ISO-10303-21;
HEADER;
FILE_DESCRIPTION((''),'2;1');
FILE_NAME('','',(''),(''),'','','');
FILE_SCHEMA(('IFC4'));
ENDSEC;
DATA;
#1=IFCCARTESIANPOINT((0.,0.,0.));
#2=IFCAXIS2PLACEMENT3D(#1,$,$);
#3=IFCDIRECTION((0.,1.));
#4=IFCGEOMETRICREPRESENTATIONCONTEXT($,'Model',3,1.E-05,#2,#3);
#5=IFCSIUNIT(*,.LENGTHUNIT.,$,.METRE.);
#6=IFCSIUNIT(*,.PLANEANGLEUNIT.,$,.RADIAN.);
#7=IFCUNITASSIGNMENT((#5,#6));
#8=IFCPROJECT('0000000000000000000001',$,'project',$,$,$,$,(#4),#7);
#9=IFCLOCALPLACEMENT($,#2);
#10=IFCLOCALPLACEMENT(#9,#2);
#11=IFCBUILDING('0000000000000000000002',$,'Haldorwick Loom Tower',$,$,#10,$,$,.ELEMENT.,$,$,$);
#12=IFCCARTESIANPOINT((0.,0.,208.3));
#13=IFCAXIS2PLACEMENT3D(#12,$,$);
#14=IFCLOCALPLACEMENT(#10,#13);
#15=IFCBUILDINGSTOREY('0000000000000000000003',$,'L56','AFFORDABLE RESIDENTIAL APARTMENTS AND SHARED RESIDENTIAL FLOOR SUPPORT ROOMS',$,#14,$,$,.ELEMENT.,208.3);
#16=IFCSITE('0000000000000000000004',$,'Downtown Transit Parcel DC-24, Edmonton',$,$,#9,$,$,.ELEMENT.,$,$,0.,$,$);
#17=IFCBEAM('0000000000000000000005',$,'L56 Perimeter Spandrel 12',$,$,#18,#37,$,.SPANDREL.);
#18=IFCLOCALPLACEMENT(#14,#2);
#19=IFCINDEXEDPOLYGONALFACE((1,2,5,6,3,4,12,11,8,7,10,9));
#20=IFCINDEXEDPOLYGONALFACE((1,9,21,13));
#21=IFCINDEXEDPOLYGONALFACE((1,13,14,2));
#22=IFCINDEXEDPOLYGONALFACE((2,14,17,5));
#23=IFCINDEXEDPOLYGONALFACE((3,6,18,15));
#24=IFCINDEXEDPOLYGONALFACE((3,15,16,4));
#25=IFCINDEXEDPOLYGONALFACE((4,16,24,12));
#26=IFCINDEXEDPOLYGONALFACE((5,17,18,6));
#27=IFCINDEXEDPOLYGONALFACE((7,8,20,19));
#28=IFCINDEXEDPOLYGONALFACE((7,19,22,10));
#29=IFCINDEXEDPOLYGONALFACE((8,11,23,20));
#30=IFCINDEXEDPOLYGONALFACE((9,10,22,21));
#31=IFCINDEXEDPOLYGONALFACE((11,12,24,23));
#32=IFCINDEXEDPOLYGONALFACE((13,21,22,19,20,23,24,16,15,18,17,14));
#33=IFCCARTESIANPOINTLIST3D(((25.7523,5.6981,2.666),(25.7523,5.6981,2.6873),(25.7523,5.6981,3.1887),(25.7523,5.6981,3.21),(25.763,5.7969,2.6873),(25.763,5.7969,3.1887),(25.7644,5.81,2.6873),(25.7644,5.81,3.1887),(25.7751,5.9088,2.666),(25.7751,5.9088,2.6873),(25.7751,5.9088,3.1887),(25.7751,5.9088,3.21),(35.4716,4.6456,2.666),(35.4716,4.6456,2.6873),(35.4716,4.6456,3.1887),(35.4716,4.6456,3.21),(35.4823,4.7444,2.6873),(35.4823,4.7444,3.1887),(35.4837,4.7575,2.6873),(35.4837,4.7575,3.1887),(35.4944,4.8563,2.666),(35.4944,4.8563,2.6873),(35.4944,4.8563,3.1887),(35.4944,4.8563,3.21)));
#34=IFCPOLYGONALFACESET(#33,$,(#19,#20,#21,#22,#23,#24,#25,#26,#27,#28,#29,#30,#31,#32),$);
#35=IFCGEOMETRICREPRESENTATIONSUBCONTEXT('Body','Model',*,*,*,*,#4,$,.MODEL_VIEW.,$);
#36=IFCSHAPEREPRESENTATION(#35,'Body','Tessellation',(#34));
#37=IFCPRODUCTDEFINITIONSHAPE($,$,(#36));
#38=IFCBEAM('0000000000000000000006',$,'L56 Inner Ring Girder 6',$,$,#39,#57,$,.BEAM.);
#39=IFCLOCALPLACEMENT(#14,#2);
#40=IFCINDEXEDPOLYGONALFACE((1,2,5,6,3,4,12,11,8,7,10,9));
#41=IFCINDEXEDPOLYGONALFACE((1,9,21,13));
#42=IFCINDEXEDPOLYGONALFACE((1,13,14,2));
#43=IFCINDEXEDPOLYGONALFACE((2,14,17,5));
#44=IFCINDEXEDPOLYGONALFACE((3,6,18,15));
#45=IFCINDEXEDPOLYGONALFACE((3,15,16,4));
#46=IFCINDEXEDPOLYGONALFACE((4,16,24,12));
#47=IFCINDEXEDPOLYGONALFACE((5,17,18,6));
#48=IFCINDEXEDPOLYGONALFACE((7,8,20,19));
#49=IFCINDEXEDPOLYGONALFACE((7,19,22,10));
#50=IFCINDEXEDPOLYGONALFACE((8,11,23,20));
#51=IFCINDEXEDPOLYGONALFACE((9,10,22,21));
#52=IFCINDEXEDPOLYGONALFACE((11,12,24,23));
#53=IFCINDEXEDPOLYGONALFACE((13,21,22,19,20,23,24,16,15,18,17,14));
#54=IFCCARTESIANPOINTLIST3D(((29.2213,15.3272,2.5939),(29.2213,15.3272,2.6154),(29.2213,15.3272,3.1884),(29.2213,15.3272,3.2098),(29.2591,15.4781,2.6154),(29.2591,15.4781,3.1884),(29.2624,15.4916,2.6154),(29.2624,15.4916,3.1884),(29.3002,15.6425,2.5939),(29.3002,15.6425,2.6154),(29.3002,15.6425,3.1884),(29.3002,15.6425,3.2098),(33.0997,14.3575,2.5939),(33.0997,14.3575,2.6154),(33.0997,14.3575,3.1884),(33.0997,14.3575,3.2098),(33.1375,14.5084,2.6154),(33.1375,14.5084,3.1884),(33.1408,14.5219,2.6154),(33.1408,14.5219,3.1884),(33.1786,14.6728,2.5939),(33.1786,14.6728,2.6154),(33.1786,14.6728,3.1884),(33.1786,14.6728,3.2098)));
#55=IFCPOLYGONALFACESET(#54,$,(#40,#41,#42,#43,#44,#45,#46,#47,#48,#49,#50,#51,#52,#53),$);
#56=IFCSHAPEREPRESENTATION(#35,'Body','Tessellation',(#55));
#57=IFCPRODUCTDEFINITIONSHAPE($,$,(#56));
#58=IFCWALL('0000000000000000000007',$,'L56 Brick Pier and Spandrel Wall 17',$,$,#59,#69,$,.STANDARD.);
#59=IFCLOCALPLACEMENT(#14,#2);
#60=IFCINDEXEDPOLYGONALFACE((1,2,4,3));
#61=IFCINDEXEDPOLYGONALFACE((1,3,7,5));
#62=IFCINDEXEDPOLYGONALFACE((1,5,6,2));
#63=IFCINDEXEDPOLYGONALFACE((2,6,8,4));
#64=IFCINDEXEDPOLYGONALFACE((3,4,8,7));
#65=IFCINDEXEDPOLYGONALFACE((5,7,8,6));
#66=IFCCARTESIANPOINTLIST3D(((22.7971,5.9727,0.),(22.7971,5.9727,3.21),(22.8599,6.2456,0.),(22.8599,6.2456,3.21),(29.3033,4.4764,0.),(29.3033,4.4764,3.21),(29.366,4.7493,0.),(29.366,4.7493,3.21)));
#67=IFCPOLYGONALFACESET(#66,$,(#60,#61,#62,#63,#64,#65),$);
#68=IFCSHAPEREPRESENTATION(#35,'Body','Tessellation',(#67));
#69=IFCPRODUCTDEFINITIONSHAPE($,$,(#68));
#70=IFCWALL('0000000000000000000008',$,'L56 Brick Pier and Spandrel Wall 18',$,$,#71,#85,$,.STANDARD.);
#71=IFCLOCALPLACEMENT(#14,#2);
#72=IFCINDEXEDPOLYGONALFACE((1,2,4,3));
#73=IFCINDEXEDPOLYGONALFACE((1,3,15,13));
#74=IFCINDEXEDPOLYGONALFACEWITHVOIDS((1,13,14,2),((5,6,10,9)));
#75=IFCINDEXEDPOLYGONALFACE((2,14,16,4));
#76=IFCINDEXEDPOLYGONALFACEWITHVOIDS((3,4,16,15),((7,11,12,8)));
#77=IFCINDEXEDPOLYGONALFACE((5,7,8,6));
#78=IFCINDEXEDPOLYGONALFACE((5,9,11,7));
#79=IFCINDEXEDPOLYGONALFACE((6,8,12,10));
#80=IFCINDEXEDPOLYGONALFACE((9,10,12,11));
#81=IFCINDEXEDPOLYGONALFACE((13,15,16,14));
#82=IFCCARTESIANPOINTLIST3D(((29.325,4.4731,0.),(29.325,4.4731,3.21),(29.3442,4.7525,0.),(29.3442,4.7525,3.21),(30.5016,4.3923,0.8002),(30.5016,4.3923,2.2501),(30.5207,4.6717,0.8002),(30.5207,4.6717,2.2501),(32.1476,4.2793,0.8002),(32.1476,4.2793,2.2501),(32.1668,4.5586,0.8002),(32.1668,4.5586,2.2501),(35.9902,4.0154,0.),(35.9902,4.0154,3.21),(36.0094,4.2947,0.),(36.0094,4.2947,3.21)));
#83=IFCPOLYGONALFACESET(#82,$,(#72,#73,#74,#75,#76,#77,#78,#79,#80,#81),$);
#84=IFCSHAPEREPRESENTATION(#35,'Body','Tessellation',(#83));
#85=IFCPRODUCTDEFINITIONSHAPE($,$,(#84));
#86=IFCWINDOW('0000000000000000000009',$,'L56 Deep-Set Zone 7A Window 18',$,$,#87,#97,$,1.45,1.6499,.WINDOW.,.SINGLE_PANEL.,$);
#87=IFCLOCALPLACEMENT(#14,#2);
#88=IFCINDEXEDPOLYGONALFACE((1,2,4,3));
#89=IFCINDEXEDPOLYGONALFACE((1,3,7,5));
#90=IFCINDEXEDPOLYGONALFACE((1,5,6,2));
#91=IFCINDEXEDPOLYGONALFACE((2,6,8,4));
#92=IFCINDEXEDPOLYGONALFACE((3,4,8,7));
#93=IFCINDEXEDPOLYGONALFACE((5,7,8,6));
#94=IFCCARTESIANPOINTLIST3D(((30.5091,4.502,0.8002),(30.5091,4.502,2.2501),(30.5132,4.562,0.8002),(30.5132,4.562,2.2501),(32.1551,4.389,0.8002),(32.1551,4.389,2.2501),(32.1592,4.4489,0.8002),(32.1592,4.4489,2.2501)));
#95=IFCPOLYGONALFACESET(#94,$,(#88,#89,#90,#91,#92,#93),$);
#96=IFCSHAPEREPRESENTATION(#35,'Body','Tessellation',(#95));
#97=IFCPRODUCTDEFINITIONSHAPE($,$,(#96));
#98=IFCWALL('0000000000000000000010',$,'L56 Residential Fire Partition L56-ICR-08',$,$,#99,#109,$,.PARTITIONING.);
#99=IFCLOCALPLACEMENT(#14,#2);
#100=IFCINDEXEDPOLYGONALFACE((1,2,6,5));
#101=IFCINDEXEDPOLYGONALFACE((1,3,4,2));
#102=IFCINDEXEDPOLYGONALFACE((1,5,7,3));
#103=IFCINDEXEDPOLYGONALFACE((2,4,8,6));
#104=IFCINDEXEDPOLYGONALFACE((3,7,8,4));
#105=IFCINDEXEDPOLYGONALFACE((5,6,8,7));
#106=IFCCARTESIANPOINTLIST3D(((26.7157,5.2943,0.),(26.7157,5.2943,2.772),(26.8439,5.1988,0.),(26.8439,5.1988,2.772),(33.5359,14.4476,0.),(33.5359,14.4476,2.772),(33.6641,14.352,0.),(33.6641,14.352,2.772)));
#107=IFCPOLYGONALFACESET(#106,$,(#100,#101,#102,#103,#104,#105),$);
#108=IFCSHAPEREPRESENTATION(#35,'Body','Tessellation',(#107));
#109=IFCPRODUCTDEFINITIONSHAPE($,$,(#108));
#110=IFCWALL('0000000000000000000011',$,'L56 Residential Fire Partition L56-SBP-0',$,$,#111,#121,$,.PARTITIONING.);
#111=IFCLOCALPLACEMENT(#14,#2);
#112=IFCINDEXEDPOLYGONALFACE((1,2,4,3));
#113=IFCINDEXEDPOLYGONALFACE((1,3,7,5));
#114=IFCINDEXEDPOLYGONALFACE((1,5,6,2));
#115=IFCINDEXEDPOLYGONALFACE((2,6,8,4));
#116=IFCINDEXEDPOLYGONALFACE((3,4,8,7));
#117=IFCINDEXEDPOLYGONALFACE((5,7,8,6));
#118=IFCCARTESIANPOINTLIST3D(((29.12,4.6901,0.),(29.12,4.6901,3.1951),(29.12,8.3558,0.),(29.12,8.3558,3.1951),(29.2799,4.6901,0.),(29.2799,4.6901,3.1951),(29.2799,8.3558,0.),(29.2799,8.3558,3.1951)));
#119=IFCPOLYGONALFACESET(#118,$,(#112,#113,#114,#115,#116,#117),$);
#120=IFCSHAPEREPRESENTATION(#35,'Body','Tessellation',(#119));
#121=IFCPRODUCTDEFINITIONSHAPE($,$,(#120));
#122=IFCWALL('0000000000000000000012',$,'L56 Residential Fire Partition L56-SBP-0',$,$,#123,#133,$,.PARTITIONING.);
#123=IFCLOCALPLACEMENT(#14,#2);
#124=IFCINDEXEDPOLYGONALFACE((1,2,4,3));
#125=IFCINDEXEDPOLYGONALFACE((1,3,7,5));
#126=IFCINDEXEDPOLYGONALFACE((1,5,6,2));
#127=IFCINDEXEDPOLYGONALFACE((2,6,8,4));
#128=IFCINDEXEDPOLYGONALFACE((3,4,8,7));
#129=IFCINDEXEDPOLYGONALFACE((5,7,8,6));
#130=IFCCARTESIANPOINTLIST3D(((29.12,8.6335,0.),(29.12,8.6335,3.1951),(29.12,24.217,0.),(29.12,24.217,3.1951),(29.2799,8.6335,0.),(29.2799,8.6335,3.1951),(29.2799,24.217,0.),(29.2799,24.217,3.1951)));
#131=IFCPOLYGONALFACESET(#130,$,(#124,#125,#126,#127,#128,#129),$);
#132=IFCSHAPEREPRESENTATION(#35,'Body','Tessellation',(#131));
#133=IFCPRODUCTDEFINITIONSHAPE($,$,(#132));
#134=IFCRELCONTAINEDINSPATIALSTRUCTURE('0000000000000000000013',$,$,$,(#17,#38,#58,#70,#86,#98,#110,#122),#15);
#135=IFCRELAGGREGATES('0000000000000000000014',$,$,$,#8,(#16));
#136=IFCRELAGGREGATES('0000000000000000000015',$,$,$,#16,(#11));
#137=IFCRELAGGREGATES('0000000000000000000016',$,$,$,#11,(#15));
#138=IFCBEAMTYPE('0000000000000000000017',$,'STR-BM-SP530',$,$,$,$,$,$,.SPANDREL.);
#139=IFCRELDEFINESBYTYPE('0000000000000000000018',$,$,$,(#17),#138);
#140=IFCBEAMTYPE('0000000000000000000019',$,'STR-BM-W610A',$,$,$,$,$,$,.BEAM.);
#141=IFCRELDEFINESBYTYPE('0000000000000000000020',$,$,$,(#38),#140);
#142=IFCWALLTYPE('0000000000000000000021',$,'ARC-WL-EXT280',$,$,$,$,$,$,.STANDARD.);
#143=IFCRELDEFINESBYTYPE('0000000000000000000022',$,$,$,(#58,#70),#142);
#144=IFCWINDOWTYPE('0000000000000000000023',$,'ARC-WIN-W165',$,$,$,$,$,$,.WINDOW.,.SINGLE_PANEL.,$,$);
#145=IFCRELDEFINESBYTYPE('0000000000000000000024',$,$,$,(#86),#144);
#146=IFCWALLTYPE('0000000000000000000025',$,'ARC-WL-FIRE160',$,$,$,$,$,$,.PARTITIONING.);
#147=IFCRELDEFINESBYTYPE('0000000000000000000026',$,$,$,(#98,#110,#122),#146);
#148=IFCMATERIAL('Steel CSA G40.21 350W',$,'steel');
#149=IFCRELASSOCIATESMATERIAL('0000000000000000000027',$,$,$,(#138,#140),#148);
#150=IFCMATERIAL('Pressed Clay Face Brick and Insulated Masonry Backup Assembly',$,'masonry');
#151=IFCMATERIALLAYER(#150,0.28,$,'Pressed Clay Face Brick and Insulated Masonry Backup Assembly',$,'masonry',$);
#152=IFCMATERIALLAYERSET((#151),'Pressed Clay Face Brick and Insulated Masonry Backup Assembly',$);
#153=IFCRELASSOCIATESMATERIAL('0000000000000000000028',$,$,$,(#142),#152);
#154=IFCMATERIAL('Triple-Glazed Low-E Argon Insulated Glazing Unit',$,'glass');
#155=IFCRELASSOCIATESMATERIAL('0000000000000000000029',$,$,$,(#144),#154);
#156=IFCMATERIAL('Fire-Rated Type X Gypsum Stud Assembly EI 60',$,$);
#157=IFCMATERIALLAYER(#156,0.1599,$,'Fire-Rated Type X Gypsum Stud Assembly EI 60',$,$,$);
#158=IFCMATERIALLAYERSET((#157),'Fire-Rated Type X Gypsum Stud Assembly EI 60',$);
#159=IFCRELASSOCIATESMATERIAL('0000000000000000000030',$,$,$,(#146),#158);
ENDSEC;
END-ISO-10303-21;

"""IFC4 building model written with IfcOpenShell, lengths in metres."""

from ifc_helpers import new_model, si_unit, direction, frame, frame_2d, origin, origin_2d, place, context, subcontext, project, spatial, rectangle, i_section, extrude, material, layer, layer_set, material_profile, profile_set, type_object, element, fill, save


model = new_model("IFC4")

# Units and contexts
model_context = context("Model", 3, precision=1e-05, world=origin(), true_north=direction((0.0, 1.0)))
body_context = subcontext(model_context, "Body", "Model", "MODEL_VIEW")
ifc_project = project(units=[si_unit("LENGTHUNIT", "METRE"), si_unit("PLANEANGLEUNIT", "RADIAN")], contexts=[model_context])

# Site, building, storey
site_placement = place(None, origin())
site = spatial("IfcSite", under=ifc_project, at=site_placement, Name="Downtown Transit Parcel DC-24, Edmonton", CompositionType="ELEMENT", RefElevation=0.0)
building_placement = place(site_placement, origin())
building = spatial("IfcBuilding", under=site, at=building_placement, Name="Haldorwick Loom Tower", CompositionType="ELEMENT")
storey_placement = place(building_placement, frame((0.0, 0.0, 208.3)))
storey = spatial("IfcBuildingStorey", under=building, at=storey_placement, Name="L56", Description="AFFORDABLE RESIDENTIAL APARTMENTS AND SHARED RESIDENTIAL FLOOR SUPPORT ROOMS", CompositionType="ELEMENT", Elevation=208.3)

# Beams
ifc_material_1 = material(Name="Steel CSA G40.21 350W", Category="steel")
ifc_material_profile_1 = material_profile(ifc_material_1, i_section(OverallWidth=0.2119, OverallDepth=0.5439, WebThickness=0.0132, FlangeThickness=0.0212, at=origin_2d()), Name="W530X123", Category="steel")
ifc_profile_set_1 = profile_set([ifc_material_profile_1], Name="Steel CSA G40.21 350W")
beam_type_1 = type_object("IfcBeamType", Name="STR-BM-SP530", PredefinedType="SPANDREL", material=ifc_profile_set_1)
beam_1_placement = place(storey_placement, frame((25.7637, 5.8035, 2.938), z_axis=(0.994188, -0.10766, 0.0), x_axis=(0.10766, 0.994188, 0.0)))
element("IfcBeam", 1, at=beam_1_placement, inside=storey, type_object=beam_type_1, Name="L56 Perimeter Spandrel 12", PredefinedType="SPANDREL", context=body_context, shape_type="SweptSolid", body=[
    extrude(i_section(OverallWidth=0.2119, OverallDepth=0.5439, WebThickness=0.0132, FlangeThickness=0.0212, at=origin_2d()), origin(), (0.0, 0.0, 1.0), 9.7761),
])
ifc_material_profile_2 = material_profile(ifc_material_1, i_section(OverallWidth=0.325, OverallDepth=0.616, WebThickness=0.0139, FlangeThickness=0.0215, at=origin_2d()), Name="W610X174", Category="steel")
ifc_profile_set_2 = profile_set([ifc_material_profile_2], Name="Steel CSA G40.21 350W")
beam_type_2 = type_object("IfcBeamType", Name="STR-BM-W610A", PredefinedType="BEAM", material=ifc_profile_set_2)
beam_2_placement = place(storey_placement, frame((33.1392, 14.5151, 2.9019), z_axis=(-0.970135, 0.242564, 0.0), x_axis=(-0.242564, -0.970135, 0.0)))
element("IfcBeam", 2, at=beam_2_placement, inside=storey, type_object=beam_type_2, Name="L56 Inner Ring Girder 6", PredefinedType="BEAM", context=body_context, shape_type="SweptSolid", body=[
    extrude(i_section(OverallWidth=0.325, OverallDepth=0.616, WebThickness=0.0139, FlangeThickness=0.0215, at=origin_2d()), origin(), (0.0, 0.0, 1.0), 3.9978),
])

# Wall
ifc_material_2 = material(Name="Pressed Clay Face Brick and Insulated Masonry Backup Assembly", Category="masonry")
ifc_layer_1 = layer(ifc_material_2, 0.28, Name="Pressed Clay Face Brick and Insulated Masonry Backup Assembly", Category="masonry")
ifc_layer_set_1 = layer_set([ifc_layer_1], Name="Pressed Clay Face Brick and Insulated Masonry Backup Assembly")
wall_type_1 = type_object("IfcWallType", Name="ARC-WL-EXT280", PredefinedType="STANDARD", material=ifc_layer_set_1)
wall_1_placement = place(storey_placement, frame((22.8286, 6.1091, 0.0), z_axis=(0.0, 0.0, 1.0), x_axis=(0.974557, -0.224138, 0.0)))
element("IfcWall", 3, at=wall_1_placement, inside=storey, type_object=wall_type_1, Name="L56 Brick Pier and Spandrel Wall 17", PredefinedType="STANDARD", context=body_context, shape_type="SweptSolid", body=[
    extrude(rectangle(XDim=6.676, YDim=0.28, at=frame_2d((3.3379, 0.0))), origin(), (0.0, 0.0, 1.0), 3.21),
])

# Wall, opening, window
wall_2_placement = place(storey_placement, frame((29.3347, 4.6128, 0.0), z_axis=(0.0, 0.0, 1.0), x_axis=(0.99765, -0.068517, 0.0)))
wall_2 = element("IfcWall", 4, at=wall_2_placement, inside=storey, type_object=wall_type_1, Name="L56 Brick Pier and Spandrel Wall 18", PredefinedType="STANDARD", context=body_context, shape_type="SweptSolid", body=[
    extrude(rectangle(XDim=6.6809, YDim=0.28, at=frame_2d((3.3403, 0.0))), origin(), (0.0, 0.0, 1.0), 3.21),
])
opening_placement = place(wall_2_placement, frame((1.1792, 0.0, 0.8)))
opening = element("IfcOpeningElement", 5, at=opening_placement, cuts=wall_2, PredefinedType="OPENING", context=body_context, shape_type="SweptSolid", body=[
    extrude(rectangle(XDim=1.6499, YDim=1.45, at=frame_2d((0.825, 0.7251))), frame((0.0, 0.1499, 0.0), z_axis=(0.0, -1.0, 0.0), x_axis=(1.0, 0.0, 0.0)), (0.0, 0.0, 1.0), 0.3),
])
ifc_material_3 = material(Name="Triple-Glazed Low-E Argon Insulated Glazing Unit", Category="glass")
window_type = type_object("IfcWindowType", Name="ARC-WIN-W165", PartitioningType="SINGLE_PANEL", PredefinedType="WINDOW", material=ifc_material_3)
window_placement = place(opening_placement, origin())
window = element("IfcWindow", 6, at=window_placement, inside=storey, type_object=window_type, Name="L56 Deep-Set Zone 7A Window 18", OverallHeight=1.45, OverallWidth=1.6499, PartitioningType="SINGLE_PANEL", PredefinedType="WINDOW", context=body_context, shape_type="SweptSolid", body=[
    extrude(rectangle(XDim=1.6499, YDim=1.45, at=frame_2d((0.825, 0.7251))), frame((0.0, 0.03, 0.0), z_axis=(0.0, -1.0, 0.0), x_axis=(1.0, 0.0, 0.0)), (0.0, 0.0, 1.0), 0.0601),
])
fill(opening, window)

# Walls
ifc_material_4 = material(Name="Fire-Rated Type X Gypsum Stud Assembly EI 60")
ifc_layer_2 = layer(ifc_material_4, 0.1599, Name="Fire-Rated Type X Gypsum Stud Assembly EI 60")
ifc_layer_set_2 = layer_set([ifc_layer_2], Name="Fire-Rated Type X Gypsum Stud Assembly EI 60")
wall_type_2 = type_object("IfcWallType", Name="ARC-WL-FIRE160", PredefinedType="PARTITIONING", material=ifc_layer_set_2)
wall_3_placement = place(storey_placement, frame((33.6001, 14.3999, 0.0), z_axis=(0.0, 0.0, 1.0), x_axis=(-0.597492, -0.801875, 0.0)))
element("IfcWall", 7, at=wall_3_placement, inside=storey, type_object=wall_type_2, Name="L56 Residential Fire Partition L56-ICR-08", PredefinedType="PARTITIONING", context=body_context, shape_type="SweptSolid", body=[
    extrude(rectangle(XDim=11.4148, YDim=0.1599, at=frame_2d((5.7075, 0.0))), origin(), (0.0, 0.0, 1.0), 2.772),
])
wall_4_placement = place(storey_placement, frame((29.2, 4.6899, 0.0), z_axis=(0.0, 0.0, 1.0), x_axis=(0.0, 1.0, 0.0)))
element("IfcWall", 8, at=wall_4_placement, inside=storey, type_object=wall_type_2, Name="L56 Residential Fire Partition L56-SBP-0", PredefinedType="PARTITIONING", context=body_context, shape_type="SweptSolid", body=[
    extrude(rectangle(XDim=3.6658, YDim=0.1599, at=frame_2d((1.833, 0.0))), origin(), (0.0, 0.0, 1.0), 3.1951),
])
wall_5_placement = place(storey_placement, frame((29.2, 8.6335, 0.0), z_axis=(0.0, 0.0, 1.0), x_axis=(0.0, 1.0, 0.0)))
element("IfcWall", 9, at=wall_5_placement, inside=storey, type_object=wall_type_2, Name="L56 Residential Fire Partition L56-SBP-0", PredefinedType="PARTITIONING", context=body_context, shape_type="SweptSolid", body=[
    extrude(rectangle(XDim=15.5835, YDim=0.1599, at=frame_2d((7.7917, 0.0))), origin(), (0.0, 0.0, 1.0), 3.1951),
])

save(model, "model.ifc")
